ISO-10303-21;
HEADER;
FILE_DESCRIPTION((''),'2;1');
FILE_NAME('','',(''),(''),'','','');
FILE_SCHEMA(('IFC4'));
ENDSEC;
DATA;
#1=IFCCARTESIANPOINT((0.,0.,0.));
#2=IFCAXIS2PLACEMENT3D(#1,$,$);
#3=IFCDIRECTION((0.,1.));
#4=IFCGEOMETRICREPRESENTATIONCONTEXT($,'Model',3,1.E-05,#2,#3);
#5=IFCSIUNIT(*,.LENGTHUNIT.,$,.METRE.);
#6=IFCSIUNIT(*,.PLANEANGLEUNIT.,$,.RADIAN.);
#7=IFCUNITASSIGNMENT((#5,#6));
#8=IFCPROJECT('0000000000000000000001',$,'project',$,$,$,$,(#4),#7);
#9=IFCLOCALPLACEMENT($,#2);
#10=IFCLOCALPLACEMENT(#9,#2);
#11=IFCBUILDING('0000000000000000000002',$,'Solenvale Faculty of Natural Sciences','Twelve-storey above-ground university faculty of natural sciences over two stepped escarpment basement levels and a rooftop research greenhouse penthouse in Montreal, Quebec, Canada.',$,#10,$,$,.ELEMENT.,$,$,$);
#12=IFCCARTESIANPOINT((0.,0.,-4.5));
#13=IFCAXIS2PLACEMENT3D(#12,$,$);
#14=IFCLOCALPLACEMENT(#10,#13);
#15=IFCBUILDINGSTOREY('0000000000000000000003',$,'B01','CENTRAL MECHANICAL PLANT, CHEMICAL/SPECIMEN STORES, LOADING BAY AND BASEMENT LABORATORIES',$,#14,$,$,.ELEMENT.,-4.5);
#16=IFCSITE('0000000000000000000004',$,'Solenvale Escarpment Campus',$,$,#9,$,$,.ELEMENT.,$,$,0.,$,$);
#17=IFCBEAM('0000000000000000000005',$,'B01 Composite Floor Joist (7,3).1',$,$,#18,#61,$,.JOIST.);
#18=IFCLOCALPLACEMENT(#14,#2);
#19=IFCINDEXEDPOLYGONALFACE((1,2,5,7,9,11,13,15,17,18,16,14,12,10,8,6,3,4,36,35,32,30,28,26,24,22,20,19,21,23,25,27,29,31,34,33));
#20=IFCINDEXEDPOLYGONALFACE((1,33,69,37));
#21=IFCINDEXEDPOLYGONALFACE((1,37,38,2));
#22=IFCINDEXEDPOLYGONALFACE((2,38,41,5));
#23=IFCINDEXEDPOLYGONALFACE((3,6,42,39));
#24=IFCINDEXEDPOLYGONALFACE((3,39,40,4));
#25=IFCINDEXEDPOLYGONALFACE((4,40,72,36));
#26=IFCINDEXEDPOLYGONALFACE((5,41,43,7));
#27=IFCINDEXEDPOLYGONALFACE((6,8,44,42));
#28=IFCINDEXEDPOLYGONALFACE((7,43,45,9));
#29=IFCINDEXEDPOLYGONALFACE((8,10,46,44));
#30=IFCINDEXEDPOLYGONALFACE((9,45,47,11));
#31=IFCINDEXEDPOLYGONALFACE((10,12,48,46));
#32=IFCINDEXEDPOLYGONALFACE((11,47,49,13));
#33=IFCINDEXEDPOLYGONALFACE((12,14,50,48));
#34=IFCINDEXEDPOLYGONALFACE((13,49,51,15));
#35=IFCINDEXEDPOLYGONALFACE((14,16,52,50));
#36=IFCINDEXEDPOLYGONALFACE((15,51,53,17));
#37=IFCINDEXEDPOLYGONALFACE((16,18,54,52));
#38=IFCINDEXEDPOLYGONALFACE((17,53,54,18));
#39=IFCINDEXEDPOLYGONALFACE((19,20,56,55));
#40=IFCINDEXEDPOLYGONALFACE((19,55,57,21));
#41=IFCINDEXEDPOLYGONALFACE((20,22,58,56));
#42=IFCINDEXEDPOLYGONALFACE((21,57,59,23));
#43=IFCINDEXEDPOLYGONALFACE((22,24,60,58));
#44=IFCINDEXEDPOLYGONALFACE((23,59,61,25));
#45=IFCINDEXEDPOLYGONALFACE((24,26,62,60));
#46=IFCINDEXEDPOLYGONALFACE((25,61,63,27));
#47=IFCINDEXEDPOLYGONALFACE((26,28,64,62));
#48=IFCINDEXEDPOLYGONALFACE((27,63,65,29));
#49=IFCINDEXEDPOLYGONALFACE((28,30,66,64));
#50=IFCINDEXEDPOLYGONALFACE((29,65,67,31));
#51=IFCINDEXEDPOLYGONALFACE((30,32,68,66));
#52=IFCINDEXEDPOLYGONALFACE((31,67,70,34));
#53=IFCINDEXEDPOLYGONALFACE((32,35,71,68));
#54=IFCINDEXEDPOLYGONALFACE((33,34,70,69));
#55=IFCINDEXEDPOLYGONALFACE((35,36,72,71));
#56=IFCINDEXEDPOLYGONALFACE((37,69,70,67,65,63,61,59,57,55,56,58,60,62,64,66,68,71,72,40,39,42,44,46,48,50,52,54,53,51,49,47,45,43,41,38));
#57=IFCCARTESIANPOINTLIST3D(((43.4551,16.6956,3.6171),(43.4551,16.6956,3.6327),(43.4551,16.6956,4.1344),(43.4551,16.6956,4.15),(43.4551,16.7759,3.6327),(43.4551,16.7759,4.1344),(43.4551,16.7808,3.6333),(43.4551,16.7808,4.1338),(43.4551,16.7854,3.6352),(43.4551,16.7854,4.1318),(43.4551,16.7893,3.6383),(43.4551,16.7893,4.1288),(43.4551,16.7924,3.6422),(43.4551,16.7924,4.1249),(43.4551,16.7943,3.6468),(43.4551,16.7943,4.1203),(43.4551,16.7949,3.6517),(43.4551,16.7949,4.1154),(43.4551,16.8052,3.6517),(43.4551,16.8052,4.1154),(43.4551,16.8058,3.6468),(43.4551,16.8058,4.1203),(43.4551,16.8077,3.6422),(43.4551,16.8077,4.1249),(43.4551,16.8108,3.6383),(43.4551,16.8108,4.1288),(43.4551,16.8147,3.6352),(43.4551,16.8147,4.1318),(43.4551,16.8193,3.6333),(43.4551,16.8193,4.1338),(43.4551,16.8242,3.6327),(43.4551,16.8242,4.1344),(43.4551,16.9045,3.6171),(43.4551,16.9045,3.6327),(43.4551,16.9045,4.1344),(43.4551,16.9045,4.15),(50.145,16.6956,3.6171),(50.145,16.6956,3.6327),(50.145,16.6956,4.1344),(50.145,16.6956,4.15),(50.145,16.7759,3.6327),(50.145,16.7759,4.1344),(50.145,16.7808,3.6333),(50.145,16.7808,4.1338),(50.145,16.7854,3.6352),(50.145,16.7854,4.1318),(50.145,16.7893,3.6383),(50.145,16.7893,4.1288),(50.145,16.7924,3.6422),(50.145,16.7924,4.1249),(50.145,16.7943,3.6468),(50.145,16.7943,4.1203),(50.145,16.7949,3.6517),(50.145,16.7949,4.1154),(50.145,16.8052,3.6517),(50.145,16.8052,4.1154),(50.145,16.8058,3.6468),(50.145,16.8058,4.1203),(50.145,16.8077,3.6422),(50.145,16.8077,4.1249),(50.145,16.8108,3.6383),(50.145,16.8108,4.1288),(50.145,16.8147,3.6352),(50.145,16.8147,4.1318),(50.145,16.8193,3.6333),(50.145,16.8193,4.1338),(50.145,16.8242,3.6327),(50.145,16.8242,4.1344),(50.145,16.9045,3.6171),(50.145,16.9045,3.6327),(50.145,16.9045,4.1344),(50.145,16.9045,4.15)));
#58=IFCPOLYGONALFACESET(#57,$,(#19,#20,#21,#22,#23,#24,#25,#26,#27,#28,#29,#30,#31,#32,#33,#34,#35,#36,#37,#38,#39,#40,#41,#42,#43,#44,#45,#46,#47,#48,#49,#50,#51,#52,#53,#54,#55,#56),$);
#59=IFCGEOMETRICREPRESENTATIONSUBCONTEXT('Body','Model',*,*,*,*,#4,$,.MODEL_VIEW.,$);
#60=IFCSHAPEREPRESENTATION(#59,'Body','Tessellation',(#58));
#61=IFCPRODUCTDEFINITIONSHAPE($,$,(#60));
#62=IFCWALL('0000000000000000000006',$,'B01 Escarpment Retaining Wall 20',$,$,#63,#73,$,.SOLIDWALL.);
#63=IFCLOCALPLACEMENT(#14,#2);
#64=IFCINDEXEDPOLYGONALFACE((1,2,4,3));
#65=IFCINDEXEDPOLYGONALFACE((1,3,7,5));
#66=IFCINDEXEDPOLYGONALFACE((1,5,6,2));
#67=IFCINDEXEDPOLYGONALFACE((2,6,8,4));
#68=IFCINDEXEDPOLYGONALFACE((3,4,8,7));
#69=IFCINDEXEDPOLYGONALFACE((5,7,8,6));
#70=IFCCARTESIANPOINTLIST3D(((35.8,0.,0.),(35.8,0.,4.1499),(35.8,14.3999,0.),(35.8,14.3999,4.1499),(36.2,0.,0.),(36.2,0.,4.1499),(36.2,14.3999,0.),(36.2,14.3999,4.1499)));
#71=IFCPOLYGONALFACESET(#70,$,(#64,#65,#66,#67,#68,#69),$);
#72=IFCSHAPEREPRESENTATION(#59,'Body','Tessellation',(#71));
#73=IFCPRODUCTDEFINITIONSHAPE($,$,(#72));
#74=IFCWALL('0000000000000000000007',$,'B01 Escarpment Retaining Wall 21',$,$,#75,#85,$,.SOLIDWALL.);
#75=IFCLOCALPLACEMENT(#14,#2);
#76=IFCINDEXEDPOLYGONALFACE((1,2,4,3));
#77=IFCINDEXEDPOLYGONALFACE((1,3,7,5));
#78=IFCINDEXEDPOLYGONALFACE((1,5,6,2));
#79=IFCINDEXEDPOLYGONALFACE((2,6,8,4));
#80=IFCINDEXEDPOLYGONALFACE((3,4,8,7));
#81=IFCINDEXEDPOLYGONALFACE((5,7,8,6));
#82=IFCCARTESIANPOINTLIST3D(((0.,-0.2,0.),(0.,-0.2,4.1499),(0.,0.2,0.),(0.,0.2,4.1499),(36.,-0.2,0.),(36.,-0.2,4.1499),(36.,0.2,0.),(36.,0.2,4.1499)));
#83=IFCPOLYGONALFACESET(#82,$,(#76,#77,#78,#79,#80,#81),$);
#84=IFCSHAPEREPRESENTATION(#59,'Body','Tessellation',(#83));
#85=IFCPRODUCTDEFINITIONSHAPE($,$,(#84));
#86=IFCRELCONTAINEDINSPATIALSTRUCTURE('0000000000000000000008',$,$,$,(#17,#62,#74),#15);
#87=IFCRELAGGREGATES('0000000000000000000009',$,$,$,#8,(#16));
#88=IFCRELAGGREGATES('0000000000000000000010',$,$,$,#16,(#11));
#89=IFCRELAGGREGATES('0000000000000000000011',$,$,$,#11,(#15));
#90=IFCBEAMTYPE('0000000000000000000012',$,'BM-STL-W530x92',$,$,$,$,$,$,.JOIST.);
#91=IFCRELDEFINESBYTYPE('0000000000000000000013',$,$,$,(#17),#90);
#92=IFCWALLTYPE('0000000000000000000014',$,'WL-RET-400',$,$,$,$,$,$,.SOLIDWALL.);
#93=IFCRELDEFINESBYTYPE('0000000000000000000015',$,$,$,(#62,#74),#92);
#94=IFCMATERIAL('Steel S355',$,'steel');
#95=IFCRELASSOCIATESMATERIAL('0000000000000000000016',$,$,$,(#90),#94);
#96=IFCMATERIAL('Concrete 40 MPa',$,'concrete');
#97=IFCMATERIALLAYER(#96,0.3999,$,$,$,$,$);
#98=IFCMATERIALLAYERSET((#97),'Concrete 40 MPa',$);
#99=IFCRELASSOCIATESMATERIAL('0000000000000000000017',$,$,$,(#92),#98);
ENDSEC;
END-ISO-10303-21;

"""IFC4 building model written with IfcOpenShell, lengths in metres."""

from ifc_helpers import new_model, si_unit, direction, frame, frame_2d, origin, origin_2d, place, context, subcontext, project, spatial, rectangle, i_section, extrude, material, layer, layer_set, material_profile, profile_set, type_object, element, save


model = new_model("IFC4")

# Units and contexts
model_context = context("Model", 3, precision=1e-05, world=origin(), true_north=direction((0.0, 1.0)))
body_context = subcontext(model_context, "Body", "Model", "MODEL_VIEW")
ifc_project = project(units=[si_unit("LENGTHUNIT", "METRE"), si_unit("PLANEANGLEUNIT", "RADIAN")], contexts=[model_context])

# Site, building, storey
site_placement = place(None, origin())
site = spatial("IfcSite", under=ifc_project, at=site_placement, Name="Solenvale Escarpment Campus", CompositionType="ELEMENT", RefElevation=0.0)
building_placement = place(site_placement, origin())
building = spatial("IfcBuilding", under=site, at=building_placement, Name="Solenvale Faculty of Natural Sciences", Description="Twelve-storey above-ground university faculty of natural sciences over two stepped escarpment basement levels and a rooftop research greenhouse penthouse in Montreal, Quebec, Canada.", CompositionType="ELEMENT")
storey_placement = place(building_placement, frame((0.0, 0.0, -4.5)))
storey = spatial("IfcBuildingStorey", under=building, at=storey_placement, Name="B01", Description="CENTRAL MECHANICAL PLANT, CHEMICAL/SPECIMEN STORES, LOADING BAY AND BASEMENT LABORATORIES", CompositionType="ELEMENT", Elevation=-4.5)

# Shared definitions
ifc_material_1 = material(Name="Concrete 40 MPa", Category="concrete")

# Beam
ifc_material_2 = material(Name="Steel S355", Category="steel")
ifc_material_profile_1 = material_profile(ifc_material_2, i_section(OverallWidth=0.209, OverallDepth=0.533, WebThickness=0.0103, FlangeThickness=0.0156, FilletRadius=0.019, at=origin_2d()), Name="W530x92")
ifc_profile_set_1 = profile_set([ifc_material_profile_1], Name="Steel S355")
beam_type_1 = type_object("IfcBeamType", Name="BM-STL-W530x92", PredefinedType="JOIST", material=ifc_profile_set_1)
beam_1_placement = place(storey_placement, frame((43.4551, 16.8, 3.8835), z_axis=(1.0, 0.0, 0.0), x_axis=(0.0, 1.0, 0.0)))
element("IfcBeam", 1, at=beam_1_placement, inside=storey, type_object=beam_type_1, Name="B01 Composite Floor Joist (7,3).1", PredefinedType="JOIST", context=body_context, shape_type="SweptSolid", body=[
    extrude(i_section(OverallWidth=0.209, OverallDepth=0.533, WebThickness=0.0103, FlangeThickness=0.0156, FilletRadius=0.019, at=origin_2d()), origin(), (0.0, 0.0, 1.0), 6.6899),
])

# Walls
ifc_layer = layer(ifc_material_1, 0.3999)
ifc_layer_set = layer_set([ifc_layer], Name="Concrete 40 MPa")
wall_type = type_object("IfcWallType", Name="WL-RET-400", PredefinedType="SOLIDWALL", material=ifc_layer_set)
wall_1_placement = place(storey_placement, frame((36.0, 14.3999, 0.0), z_axis=(0.0, 0.0, 1.0), x_axis=(0.0, -1.0, 0.0)))
element("IfcWall", 2, at=wall_1_placement, inside=storey, type_object=wall_type, Name="B01 Escarpment Retaining Wall 20", PredefinedType="SOLIDWALL", context=body_context, shape_type="SweptSolid", body=[
    extrude(rectangle(XDim=14.3999, YDim=0.3999, at=frame_2d((7.2, 0.0))), origin(), (0.0, 0.0, 1.0), 4.1499),
])
wall_2_placement = place(storey_placement, frame((36.0, 0.0, 0.0), z_axis=(0.0, 0.0, 1.0), x_axis=(-1.0, 0.0, 0.0)))
element("IfcWall", 3, at=wall_2_placement, inside=storey, type_object=wall_type, Name="B01 Escarpment Retaining Wall 21", PredefinedType="SOLIDWALL", context=body_context, shape_type="SweptSolid", body=[
    extrude(rectangle(XDim=36.0, YDim=0.3999, at=frame_2d((18.0, 0.0))), origin(), (0.0, 0.0, 1.0), 4.1499),
])

save(model, "model.ifc")
